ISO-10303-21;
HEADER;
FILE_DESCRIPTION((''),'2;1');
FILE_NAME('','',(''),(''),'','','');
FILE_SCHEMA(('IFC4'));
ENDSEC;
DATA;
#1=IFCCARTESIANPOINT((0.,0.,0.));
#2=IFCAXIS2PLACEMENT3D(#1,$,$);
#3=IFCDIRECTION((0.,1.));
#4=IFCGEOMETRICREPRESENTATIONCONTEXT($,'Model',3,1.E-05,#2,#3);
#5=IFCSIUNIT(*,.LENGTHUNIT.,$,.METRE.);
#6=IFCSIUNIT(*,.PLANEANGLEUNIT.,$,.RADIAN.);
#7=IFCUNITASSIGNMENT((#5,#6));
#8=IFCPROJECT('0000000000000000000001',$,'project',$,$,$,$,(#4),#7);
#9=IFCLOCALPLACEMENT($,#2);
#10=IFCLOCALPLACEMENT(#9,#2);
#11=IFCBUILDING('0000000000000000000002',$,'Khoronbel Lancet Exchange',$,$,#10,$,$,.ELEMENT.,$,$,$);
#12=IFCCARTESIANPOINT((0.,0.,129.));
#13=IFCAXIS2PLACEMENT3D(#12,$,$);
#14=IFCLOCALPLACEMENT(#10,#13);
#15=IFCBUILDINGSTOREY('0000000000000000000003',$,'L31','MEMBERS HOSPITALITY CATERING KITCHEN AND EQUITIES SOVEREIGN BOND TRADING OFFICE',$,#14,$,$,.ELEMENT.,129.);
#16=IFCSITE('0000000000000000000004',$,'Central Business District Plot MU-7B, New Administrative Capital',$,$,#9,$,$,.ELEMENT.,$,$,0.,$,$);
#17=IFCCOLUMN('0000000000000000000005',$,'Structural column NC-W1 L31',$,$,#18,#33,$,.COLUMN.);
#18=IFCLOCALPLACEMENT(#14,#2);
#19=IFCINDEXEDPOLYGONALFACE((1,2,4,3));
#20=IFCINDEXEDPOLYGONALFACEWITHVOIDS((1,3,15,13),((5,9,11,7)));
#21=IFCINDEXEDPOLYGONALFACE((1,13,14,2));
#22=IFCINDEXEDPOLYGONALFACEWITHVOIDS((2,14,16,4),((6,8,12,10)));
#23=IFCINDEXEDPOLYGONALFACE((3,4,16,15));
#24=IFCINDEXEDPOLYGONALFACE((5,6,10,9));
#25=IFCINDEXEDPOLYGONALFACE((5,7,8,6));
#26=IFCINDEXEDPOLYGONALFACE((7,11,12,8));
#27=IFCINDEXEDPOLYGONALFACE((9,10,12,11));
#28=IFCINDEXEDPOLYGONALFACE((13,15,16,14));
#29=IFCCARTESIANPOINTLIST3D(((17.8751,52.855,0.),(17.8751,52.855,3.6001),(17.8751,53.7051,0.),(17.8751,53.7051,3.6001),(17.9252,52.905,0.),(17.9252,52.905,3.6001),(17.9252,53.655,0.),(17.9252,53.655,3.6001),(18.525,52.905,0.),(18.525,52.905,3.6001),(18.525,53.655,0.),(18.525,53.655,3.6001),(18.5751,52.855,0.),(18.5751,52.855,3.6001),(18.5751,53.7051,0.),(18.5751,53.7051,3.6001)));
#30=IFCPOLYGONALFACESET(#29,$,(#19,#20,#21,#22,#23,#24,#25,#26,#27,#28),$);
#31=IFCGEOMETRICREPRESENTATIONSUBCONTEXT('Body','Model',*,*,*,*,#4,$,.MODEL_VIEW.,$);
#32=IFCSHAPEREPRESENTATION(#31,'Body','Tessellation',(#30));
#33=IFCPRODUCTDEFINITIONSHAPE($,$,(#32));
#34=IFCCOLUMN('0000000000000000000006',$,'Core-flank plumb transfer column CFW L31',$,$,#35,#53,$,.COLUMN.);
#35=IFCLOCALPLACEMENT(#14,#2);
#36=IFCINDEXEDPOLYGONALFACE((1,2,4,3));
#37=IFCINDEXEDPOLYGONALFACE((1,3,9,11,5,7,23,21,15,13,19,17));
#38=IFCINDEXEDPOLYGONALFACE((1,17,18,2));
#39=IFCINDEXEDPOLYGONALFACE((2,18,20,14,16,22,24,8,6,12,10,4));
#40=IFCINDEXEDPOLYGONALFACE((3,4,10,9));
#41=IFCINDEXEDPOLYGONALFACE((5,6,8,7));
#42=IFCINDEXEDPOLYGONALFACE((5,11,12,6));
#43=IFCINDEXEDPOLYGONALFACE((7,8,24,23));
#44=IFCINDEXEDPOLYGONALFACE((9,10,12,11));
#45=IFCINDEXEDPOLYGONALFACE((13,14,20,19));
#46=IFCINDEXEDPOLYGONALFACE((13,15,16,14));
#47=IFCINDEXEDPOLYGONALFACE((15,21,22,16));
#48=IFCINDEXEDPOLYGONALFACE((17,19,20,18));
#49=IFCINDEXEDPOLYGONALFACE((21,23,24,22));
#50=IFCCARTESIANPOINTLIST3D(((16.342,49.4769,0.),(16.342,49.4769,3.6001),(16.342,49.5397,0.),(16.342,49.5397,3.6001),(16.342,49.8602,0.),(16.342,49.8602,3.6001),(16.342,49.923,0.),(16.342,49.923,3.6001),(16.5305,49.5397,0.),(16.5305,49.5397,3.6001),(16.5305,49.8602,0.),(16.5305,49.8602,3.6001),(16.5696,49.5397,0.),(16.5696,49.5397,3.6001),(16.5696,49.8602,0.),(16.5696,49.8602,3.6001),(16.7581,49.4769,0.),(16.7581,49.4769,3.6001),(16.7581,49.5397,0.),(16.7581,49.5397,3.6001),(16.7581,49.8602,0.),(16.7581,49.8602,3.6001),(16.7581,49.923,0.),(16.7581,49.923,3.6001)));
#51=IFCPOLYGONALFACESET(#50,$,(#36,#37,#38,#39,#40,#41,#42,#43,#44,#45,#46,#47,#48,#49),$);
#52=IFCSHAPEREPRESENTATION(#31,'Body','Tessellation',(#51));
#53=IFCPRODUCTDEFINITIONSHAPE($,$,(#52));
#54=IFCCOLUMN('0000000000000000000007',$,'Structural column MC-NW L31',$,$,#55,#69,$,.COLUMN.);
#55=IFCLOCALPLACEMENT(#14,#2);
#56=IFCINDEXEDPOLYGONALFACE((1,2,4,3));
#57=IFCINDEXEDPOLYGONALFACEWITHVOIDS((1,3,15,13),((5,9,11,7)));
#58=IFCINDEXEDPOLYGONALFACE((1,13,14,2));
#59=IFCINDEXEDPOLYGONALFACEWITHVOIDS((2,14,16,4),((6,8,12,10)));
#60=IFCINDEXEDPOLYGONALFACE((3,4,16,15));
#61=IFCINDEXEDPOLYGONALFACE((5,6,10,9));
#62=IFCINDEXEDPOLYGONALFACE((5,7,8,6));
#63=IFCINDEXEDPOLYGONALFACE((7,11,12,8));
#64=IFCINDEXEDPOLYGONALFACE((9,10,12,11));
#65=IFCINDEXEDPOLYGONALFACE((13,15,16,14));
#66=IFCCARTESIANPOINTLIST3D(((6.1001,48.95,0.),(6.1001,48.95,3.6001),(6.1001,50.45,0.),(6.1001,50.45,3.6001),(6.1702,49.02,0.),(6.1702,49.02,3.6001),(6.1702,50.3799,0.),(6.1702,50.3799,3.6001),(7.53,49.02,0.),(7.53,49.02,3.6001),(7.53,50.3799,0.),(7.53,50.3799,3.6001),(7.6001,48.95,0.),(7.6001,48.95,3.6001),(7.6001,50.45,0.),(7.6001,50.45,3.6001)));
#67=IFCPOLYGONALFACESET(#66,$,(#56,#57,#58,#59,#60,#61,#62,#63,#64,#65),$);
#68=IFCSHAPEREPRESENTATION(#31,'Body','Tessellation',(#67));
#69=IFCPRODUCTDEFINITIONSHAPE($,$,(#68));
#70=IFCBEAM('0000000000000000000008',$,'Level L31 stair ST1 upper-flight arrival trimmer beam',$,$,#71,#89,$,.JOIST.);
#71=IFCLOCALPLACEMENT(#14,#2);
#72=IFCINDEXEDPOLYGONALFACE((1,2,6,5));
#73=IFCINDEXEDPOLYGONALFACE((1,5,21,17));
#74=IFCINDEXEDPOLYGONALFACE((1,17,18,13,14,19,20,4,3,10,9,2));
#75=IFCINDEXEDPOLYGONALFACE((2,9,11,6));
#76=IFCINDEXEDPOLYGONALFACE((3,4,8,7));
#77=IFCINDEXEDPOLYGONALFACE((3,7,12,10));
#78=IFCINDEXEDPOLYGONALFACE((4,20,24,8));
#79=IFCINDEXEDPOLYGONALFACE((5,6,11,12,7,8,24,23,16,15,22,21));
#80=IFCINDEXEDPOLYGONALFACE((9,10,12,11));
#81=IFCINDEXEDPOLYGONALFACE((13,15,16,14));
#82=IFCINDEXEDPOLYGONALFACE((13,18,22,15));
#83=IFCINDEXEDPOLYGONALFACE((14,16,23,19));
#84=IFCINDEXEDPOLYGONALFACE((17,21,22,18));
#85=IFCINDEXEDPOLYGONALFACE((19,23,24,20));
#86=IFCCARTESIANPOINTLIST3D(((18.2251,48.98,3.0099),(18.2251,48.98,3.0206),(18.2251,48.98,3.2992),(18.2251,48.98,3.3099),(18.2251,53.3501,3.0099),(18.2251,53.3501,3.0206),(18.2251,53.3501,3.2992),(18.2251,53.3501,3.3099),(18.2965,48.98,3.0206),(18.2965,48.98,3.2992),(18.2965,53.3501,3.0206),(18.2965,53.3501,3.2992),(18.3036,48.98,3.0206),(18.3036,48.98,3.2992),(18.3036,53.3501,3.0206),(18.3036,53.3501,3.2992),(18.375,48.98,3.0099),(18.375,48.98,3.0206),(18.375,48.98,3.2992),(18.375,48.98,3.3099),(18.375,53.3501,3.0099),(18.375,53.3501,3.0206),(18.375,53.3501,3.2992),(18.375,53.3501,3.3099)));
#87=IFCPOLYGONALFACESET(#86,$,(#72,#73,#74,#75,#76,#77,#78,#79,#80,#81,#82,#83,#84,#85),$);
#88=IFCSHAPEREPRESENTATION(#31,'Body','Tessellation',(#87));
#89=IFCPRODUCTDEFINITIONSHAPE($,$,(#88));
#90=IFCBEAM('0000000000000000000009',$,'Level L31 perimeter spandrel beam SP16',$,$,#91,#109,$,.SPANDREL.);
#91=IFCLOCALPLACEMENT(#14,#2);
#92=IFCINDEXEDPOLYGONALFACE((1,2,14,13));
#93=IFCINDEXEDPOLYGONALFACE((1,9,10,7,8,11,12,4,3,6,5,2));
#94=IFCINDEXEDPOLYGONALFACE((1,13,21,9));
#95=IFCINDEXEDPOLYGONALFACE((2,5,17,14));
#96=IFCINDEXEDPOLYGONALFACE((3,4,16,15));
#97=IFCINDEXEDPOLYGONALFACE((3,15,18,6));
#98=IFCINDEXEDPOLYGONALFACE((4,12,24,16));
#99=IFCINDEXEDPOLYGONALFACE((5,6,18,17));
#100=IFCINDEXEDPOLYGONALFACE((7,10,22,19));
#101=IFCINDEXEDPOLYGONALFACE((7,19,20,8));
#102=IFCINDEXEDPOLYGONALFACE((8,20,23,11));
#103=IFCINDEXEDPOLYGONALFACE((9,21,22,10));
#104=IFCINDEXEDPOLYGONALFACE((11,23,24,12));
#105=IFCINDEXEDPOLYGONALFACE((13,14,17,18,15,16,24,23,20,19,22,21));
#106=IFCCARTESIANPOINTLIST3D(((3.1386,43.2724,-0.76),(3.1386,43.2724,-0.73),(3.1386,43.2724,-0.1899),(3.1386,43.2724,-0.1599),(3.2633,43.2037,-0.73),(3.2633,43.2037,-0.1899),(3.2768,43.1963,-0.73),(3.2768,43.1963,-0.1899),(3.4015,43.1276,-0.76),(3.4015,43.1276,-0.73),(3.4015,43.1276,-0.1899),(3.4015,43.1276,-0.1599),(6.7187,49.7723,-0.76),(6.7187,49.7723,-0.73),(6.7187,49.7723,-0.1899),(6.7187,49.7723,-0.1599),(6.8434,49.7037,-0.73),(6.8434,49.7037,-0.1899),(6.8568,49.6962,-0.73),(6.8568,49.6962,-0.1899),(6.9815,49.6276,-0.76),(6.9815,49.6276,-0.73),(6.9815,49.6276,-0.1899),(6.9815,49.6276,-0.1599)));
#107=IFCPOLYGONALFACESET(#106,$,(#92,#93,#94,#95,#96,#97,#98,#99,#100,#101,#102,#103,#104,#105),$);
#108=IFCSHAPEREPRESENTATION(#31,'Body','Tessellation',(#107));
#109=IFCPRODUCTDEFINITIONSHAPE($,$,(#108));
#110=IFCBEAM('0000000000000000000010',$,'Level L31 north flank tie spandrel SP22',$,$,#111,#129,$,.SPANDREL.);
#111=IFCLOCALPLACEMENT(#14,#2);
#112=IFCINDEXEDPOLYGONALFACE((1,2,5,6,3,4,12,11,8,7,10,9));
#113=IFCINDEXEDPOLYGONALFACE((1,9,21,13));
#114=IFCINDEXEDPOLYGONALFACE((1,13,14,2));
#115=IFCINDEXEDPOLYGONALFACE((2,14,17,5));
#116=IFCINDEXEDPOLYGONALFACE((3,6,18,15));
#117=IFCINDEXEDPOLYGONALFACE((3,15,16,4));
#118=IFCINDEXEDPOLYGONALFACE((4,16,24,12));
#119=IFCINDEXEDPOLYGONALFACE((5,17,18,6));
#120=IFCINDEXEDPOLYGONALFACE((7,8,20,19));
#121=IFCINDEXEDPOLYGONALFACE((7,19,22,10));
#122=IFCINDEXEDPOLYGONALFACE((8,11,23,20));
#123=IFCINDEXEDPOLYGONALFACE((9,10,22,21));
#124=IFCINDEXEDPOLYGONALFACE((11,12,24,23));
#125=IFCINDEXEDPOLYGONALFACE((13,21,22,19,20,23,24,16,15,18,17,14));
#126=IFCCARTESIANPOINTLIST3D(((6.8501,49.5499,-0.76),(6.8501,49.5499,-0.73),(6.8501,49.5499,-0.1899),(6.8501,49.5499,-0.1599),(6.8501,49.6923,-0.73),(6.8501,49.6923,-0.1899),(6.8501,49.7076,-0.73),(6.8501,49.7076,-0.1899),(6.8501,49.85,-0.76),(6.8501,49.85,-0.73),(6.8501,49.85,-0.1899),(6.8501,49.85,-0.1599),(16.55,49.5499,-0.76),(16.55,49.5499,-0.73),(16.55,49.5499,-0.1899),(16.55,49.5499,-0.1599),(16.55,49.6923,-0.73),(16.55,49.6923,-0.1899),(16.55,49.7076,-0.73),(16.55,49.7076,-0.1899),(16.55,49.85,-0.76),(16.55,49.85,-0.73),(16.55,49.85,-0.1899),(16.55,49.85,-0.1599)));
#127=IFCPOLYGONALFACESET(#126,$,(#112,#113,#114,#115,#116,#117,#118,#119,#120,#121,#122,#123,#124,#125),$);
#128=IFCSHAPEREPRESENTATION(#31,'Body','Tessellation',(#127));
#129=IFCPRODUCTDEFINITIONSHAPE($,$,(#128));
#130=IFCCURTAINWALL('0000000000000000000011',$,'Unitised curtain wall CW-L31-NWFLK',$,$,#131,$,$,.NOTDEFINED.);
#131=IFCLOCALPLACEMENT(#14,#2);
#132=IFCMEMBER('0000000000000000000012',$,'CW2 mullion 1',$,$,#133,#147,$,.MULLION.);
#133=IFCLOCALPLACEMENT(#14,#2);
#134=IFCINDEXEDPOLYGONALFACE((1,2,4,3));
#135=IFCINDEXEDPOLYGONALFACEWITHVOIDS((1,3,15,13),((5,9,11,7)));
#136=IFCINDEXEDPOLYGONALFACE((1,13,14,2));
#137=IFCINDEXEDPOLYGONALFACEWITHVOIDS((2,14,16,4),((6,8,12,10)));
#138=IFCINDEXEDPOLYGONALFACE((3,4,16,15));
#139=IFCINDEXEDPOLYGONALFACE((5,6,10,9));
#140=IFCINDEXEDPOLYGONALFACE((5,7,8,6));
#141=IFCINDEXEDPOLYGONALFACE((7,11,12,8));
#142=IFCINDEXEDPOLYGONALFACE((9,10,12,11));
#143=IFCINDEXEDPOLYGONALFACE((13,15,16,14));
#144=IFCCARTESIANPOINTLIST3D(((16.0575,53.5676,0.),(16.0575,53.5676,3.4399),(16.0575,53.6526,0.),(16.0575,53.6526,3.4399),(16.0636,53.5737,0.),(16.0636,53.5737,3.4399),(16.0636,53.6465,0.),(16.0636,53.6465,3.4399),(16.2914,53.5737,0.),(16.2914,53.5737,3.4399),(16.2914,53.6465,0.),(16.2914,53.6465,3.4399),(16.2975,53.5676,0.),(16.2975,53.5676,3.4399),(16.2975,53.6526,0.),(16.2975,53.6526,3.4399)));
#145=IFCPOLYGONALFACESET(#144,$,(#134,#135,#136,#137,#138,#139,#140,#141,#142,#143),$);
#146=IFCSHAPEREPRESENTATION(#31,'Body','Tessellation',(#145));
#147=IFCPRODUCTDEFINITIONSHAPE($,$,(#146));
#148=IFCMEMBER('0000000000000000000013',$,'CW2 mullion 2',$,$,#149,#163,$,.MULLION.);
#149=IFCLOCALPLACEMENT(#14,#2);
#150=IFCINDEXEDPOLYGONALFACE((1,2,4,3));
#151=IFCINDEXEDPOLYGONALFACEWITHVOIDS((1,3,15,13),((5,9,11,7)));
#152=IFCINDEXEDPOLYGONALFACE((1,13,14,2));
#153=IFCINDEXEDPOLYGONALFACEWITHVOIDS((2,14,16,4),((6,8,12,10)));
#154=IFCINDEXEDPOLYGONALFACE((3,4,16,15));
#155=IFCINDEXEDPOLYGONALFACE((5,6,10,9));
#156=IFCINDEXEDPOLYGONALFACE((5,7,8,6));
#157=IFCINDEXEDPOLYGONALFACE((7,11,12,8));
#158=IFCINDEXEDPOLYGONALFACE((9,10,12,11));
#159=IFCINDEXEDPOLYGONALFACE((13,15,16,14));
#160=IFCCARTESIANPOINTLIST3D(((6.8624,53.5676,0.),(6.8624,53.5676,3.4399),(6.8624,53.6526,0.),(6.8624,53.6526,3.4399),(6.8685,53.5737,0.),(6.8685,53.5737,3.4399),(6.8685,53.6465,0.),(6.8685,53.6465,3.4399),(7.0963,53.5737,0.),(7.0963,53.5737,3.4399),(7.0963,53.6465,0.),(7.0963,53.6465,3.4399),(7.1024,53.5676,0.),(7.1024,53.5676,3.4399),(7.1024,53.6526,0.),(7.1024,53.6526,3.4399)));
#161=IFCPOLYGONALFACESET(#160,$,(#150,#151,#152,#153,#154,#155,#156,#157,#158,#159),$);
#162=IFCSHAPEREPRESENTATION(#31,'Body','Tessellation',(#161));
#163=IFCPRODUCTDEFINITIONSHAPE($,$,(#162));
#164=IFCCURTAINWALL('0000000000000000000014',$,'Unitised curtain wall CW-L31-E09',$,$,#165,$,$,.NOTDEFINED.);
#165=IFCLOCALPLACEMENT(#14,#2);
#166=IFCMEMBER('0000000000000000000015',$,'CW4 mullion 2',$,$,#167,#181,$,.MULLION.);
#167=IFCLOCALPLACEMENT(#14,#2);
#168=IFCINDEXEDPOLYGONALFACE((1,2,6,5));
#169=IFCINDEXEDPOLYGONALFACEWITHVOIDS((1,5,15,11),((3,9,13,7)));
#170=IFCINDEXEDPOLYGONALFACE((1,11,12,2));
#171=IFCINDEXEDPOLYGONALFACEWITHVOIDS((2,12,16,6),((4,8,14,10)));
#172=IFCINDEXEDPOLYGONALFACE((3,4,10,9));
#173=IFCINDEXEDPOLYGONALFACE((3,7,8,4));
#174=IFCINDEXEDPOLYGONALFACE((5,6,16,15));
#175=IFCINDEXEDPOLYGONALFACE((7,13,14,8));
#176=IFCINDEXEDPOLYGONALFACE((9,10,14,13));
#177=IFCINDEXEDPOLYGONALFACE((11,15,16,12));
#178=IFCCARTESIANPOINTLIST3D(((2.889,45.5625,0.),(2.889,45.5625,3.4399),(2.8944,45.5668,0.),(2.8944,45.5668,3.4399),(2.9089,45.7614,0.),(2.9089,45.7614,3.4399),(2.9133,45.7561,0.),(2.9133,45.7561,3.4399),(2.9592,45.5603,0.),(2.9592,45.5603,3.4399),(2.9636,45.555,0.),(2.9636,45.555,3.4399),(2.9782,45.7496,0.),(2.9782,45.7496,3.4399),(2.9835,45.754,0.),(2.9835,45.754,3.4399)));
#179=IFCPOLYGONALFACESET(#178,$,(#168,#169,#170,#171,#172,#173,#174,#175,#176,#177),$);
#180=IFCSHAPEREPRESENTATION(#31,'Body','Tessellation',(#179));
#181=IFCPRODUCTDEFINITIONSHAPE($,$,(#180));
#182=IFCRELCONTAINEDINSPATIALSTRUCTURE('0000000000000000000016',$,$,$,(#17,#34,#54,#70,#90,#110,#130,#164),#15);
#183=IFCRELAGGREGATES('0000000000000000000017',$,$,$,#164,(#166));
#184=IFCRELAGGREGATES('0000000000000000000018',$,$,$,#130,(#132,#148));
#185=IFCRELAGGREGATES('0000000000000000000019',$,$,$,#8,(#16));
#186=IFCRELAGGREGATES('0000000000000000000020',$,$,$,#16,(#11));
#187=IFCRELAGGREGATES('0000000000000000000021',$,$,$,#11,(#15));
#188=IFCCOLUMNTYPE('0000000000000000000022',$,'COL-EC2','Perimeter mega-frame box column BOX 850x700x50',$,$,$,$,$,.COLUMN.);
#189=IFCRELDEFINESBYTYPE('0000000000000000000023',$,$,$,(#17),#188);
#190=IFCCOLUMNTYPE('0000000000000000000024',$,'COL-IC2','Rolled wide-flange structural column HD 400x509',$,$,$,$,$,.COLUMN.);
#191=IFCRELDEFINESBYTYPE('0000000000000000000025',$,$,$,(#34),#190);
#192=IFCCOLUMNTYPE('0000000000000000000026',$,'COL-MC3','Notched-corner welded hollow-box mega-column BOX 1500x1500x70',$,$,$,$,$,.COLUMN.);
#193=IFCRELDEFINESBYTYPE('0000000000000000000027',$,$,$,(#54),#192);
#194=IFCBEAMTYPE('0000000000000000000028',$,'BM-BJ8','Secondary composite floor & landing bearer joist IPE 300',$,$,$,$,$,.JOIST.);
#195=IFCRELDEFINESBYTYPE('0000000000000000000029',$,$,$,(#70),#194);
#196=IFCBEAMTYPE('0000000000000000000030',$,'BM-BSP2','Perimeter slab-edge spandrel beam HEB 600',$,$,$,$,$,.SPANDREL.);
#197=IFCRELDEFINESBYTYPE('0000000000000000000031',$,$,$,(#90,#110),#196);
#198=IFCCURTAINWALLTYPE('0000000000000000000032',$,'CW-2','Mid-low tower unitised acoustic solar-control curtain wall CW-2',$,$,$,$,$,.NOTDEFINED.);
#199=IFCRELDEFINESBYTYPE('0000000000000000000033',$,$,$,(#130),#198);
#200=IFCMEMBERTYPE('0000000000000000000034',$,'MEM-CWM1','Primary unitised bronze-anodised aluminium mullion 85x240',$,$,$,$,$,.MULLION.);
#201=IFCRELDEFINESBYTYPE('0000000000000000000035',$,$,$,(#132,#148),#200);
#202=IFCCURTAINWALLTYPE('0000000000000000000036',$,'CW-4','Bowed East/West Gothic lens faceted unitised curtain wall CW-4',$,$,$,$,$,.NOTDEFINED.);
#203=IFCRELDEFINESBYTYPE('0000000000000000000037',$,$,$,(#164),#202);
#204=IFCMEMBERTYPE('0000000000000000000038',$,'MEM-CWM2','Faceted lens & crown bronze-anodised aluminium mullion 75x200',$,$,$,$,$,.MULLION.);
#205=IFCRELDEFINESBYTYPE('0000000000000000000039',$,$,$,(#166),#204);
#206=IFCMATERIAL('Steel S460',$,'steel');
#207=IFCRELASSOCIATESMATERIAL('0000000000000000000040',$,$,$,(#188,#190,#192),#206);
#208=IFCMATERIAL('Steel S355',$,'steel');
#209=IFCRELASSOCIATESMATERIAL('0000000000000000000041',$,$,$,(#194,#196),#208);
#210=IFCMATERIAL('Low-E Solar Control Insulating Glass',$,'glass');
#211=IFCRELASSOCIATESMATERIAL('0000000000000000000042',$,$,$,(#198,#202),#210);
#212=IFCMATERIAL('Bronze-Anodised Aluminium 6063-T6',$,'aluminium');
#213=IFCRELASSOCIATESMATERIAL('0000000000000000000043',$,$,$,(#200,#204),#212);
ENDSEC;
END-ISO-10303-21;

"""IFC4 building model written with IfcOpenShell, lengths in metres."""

from ifc_helpers import new_model, si_unit, direction, frame, origin, origin_2d, place, context, subcontext, project, spatial, hollow_rectangle, i_section, extrude, material, material_profile, profile_set, type_object, element, aggregate, save


model = new_model("IFC4")

# Units and contexts
model_context = context("Model", 3, precision=1e-05, world=origin(), true_north=direction((0.0, 1.0)))
body_context = subcontext(model_context, "Body", "Model", "MODEL_VIEW")
ifc_project = project(units=[si_unit("LENGTHUNIT", "METRE"), si_unit("PLANEANGLEUNIT", "RADIAN")], contexts=[model_context])

# Site, building, storey
site_placement = place(None, origin())
site = spatial("IfcSite", under=ifc_project, at=site_placement, Name="Central Business District Plot MU-7B, New Administrative Capital", CompositionType="ELEMENT", RefElevation=0.0)
building_placement = place(site_placement, origin())
building = spatial("IfcBuilding", under=site, at=building_placement, Name="Khoronbel Lancet Exchange", CompositionType="ELEMENT")
storey_placement = place(building_placement, frame((0.0, 0.0, 129.0)))
storey = spatial("IfcBuildingStorey", under=building, at=storey_placement, Name="L31", Description="MEMBERS HOSPITALITY CATERING KITCHEN AND EQUITIES SOVEREIGN BOND TRADING OFFICE", CompositionType="ELEMENT", Elevation=129.0)

# Columns
ifc_material_1 = material(Name="Steel S460", Category="steel")
ifc_material_profile_1 = material_profile(ifc_material_1, hollow_rectangle(XDim=0.7, YDim=0.8501, WallThickness=0.05, at=origin_2d()), Name="BOX 850x700x50")
ifc_profile_set_1 = profile_set([ifc_material_profile_1], Name="Steel S460")
column_type_1 = type_object("IfcColumnType", Name="COL-EC2", Description="Perimeter mega-frame box column BOX 850x700x50", PredefinedType="COLUMN", material=ifc_profile_set_1)
column_1_placement = place(storey_placement, frame((18.2251, 53.28, 0.0), z_axis=(0.0, 0.0, 1.0), x_axis=(1.0, 0.0, 0.0)))
element("IfcColumn", 1, at=column_1_placement, inside=storey, type_object=column_type_1, Name="Structural column NC-W1 L31", PredefinedType="COLUMN", context=body_context, shape_type="SweptSolid", body=[
    extrude(hollow_rectangle(XDim=0.7, YDim=0.8501, WallThickness=0.05, at=origin_2d()), origin(), (0.0, 0.0, 1.0), 3.6001),
])
ifc_material_profile_2 = material_profile(ifc_material_1, i_section(OverallWidth=0.416, OverallDepth=0.446, WebThickness=0.0391, FlangeThickness=0.0627, at=origin_2d()), Name="HD 400x509")
ifc_profile_set_2 = profile_set([ifc_material_profile_2], Name="Steel S460")
column_type_2 = type_object("IfcColumnType", Name="COL-IC2", Description="Rolled wide-flange structural column HD 400x509", PredefinedType="COLUMN", material=ifc_profile_set_2)
column_2_placement = place(storey_placement, frame((16.55, 49.7, 0.0), z_axis=(0.0, 0.0, 1.0), x_axis=(1.0, 0.0, 0.0)))
element("IfcColumn", 2, at=column_2_placement, inside=storey, type_object=column_type_2, Name="Core-flank plumb transfer column CFW L31", PredefinedType="COLUMN", context=body_context, shape_type="SweptSolid", body=[
    extrude(i_section(OverallWidth=0.416, OverallDepth=0.446, WebThickness=0.0391, FlangeThickness=0.0627, at=origin_2d()), origin(), (0.0, 0.0, 1.0), 3.6001),
])
ifc_material_profile_3 = material_profile(ifc_material_1, hollow_rectangle(XDim=1.5, YDim=1.5, WallThickness=0.0701, at=origin_2d()), Name="BOX 1500x1500x70")
ifc_profile_set_3 = profile_set([ifc_material_profile_3], Name="Steel S460")
column_type_3 = type_object("IfcColumnType", Name="COL-MC3", Description="Notched-corner welded hollow-box mega-column BOX 1500x1500x70", PredefinedType="COLUMN", material=ifc_profile_set_3)
column_3_placement = place(storey_placement, frame((6.8501, 49.7, 0.0), z_axis=(0.0, 0.0, 1.0), x_axis=(1.0, 0.0, 0.0)))
element("IfcColumn", 3, at=column_3_placement, inside=storey, type_object=column_type_3, Name="Structural column MC-NW L31", PredefinedType="COLUMN", context=body_context, shape_type="SweptSolid", body=[
    extrude(hollow_rectangle(XDim=1.5, YDim=1.5, WallThickness=0.0701, at=origin_2d()), origin(), (0.0, 0.0, 1.0), 3.6001),
])

# Beams
ifc_material_2 = material(Name="Steel S355", Category="steel")
ifc_material_profile_4 = material_profile(ifc_material_2, i_section(OverallWidth=0.1499, OverallDepth=0.3, WebThickness=0.0071, FlangeThickness=0.0107, at=origin_2d()), Name="IPE 300")
ifc_profile_set_4 = profile_set([ifc_material_profile_4], Name="Steel S355")
beam_type_1 = type_object("IfcBeamType", Name="BM-BJ8", Description="Secondary composite floor & landing bearer joist IPE 300", PredefinedType="JOIST", material=ifc_profile_set_4)
beam_1_placement = place(storey_placement, frame((18.3, 48.98, 3.1599), z_axis=(0.0, 1.0, 0.0), x_axis=(-1.0, 0.0, 0.0)))
element("IfcBeam", 4, at=beam_1_placement, inside=storey, type_object=beam_type_1, Name="Level L31 stair ST1 upper-flight arrival trimmer beam", PredefinedType="JOIST", context=body_context, shape_type="SweptSolid", body=[
    extrude(i_section(OverallWidth=0.1499, OverallDepth=0.3, WebThickness=0.0071, FlangeThickness=0.0107, at=origin_2d()), origin(), (0.0, 0.0, 1.0), 4.3701),
])
ifc_material_profile_5 = material_profile(ifc_material_2, i_section(OverallWidth=0.3, OverallDepth=0.6001, WebThickness=0.0154, FlangeThickness=0.03, at=origin_2d()), Name="HEB 600")
ifc_profile_set_5 = profile_set([ifc_material_profile_5], Name="Steel S355")
beam_type_2 = type_object("IfcBeamType", Name="BM-BSP2", Description="Perimeter slab-edge spandrel beam HEB 600", PredefinedType="SPANDREL", material=ifc_profile_set_5)
beam_2_placement = place(storey_placement, frame((6.8501, 49.7, -0.46), z_axis=(-0.482444, -0.875927, 0.0), x_axis=(0.875927, -0.482444, 0.0)))
element("IfcBeam", 5, at=beam_2_placement, inside=storey, type_object=beam_type_2, Name="Level L31 perimeter spandrel beam SP16", PredefinedType="SPANDREL", context=body_context, shape_type="SweptSolid", body=[
    extrude(i_section(OverallWidth=0.3, OverallDepth=0.6001, WebThickness=0.0154, FlangeThickness=0.03, at=origin_2d()), origin(), (0.0, 0.0, 1.0), 7.4207),
])
beam_3_placement = place(storey_placement, frame((6.8501, 49.7, -0.46), z_axis=(1.0, 0.0, 0.0), x_axis=(0.0, 1.0, 0.0)))
element("IfcBeam", 6, at=beam_3_placement, inside=storey, type_object=beam_type_2, Name="Level L31 north flank tie spandrel SP22", PredefinedType="SPANDREL", context=body_context, shape_type="SweptSolid", body=[
    extrude(i_section(OverallWidth=0.3, OverallDepth=0.6001, WebThickness=0.0154, FlangeThickness=0.03, at=origin_2d()), origin(), (0.0, 0.0, 1.0), 9.7),
])

# Curtain wall, members
ifc_material_3 = material(Name="Low-E Solar Control Insulating Glass", Category="glass")
curtain_wall_type_1 = type_object("IfcCurtainWallType", Name="CW-2", Description="Mid-low tower unitised acoustic solar-control curtain wall CW-2", PredefinedType="NOTDEFINED", material=ifc_material_3)
curtain_wall_1_placement = place(storey_placement, origin())
curtain_wall_1 = element("IfcCurtainWall", 7, at=curtain_wall_1_placement, inside=storey, type_object=curtain_wall_type_1, Name="Unitised curtain wall CW-L31-NWFLK", PredefinedType="NOTDEFINED")
ifc_material_4 = material(Name="Bronze-Anodised Aluminium 6063-T6", Category="aluminium")
ifc_material_profile_6 = material_profile(ifc_material_4, hollow_rectangle(XDim=0.085, YDim=0.24, WallThickness=0.0061, at=origin_2d()), Name="ALU MULLION 85x240")
ifc_profile_set_6 = profile_set([ifc_material_profile_6], Name="Bronze-Anodised Aluminium 6063-T6")
member_type_1 = type_object("IfcMemberType", Name="MEM-CWM1", Description="Primary unitised bronze-anodised aluminium mullion 85x240", PredefinedType="MULLION", material=ifc_profile_set_6)
member_1_placement = place(storey_placement, frame((16.1775, 53.6101, 0.0), z_axis=(0.0, 0.0, 1.0), x_axis=(0.0, -1.0, 0.0)))
member_1 = element("IfcMember", 8, at=member_1_placement, type_object=member_type_1, Name="CW2 mullion 1", PredefinedType="MULLION", context=body_context, shape_type="SweptSolid", body=[
    extrude(hollow_rectangle(XDim=0.085, YDim=0.24, WallThickness=0.0061, at=origin_2d()), origin(), (0.0, 0.0, 1.0), 3.4399),
])
member_2_placement = place(storey_placement, frame((6.9824, 53.6101, 0.0), z_axis=(0.0, 0.0, 1.0), x_axis=(0.0, -1.0, 0.0)))
member_2 = element("IfcMember", 9, at=member_2_placement, type_object=member_type_1, Name="CW2 mullion 2", PredefinedType="MULLION", context=body_context, shape_type="SweptSolid", body=[
    extrude(hollow_rectangle(XDim=0.085, YDim=0.24, WallThickness=0.0061, at=origin_2d()), origin(), (0.0, 0.0, 1.0), 3.4399),
])

# Curtain wall, member
curtain_wall_type_2 = type_object("IfcCurtainWallType", Name="CW-4", Description="Bowed East/West Gothic lens faceted unitised curtain wall CW-4", PredefinedType="NOTDEFINED", material=ifc_material_3)
curtain_wall_2_placement = place(storey_placement, origin())
curtain_wall_2 = element("IfcCurtainWall", 10, at=curtain_wall_2_placement, inside=storey, type_object=curtain_wall_type_2, Name="Unitised curtain wall CW-L31-E09", PredefinedType="NOTDEFINED")
ifc_material_profile_7 = material_profile(ifc_material_4, hollow_rectangle(XDim=0.075, YDim=0.2, WallThickness=0.0049, at=origin_2d()), Name="ALU MULLION 75x200")
ifc_profile_set_7 = profile_set([ifc_material_profile_7], Name="Bronze-Anodised Aluminium 6063-T6")
member_type_2 = type_object("IfcMemberType", Name="MEM-CWM2", Description="Faceted lens & crown bronze-anodised aluminium mullion 75x200", PredefinedType="MULLION", material=ifc_profile_set_7)
member_3_placement = place(storey_placement, frame((2.9363, 45.6582, 0.0), z_axis=(0.0, 0.0, 1.0), x_axis=(-0.995038, 0.099498, 0.0)))
member_3 = element("IfcMember", 11, at=member_3_placement, type_object=member_type_2, Name="CW4 mullion 2", PredefinedType="MULLION", context=body_context, shape_type="SweptSolid", body=[
    extrude(hollow_rectangle(XDim=0.075, YDim=0.2, WallThickness=0.0049, at=origin_2d()), origin(), (0.0, 0.0, 1.0), 3.4399),
])
aggregate(curtain_wall_2, [member_3])

aggregate(curtain_wall_1, [member_1, member_2])

save(model, "model.ifc")
